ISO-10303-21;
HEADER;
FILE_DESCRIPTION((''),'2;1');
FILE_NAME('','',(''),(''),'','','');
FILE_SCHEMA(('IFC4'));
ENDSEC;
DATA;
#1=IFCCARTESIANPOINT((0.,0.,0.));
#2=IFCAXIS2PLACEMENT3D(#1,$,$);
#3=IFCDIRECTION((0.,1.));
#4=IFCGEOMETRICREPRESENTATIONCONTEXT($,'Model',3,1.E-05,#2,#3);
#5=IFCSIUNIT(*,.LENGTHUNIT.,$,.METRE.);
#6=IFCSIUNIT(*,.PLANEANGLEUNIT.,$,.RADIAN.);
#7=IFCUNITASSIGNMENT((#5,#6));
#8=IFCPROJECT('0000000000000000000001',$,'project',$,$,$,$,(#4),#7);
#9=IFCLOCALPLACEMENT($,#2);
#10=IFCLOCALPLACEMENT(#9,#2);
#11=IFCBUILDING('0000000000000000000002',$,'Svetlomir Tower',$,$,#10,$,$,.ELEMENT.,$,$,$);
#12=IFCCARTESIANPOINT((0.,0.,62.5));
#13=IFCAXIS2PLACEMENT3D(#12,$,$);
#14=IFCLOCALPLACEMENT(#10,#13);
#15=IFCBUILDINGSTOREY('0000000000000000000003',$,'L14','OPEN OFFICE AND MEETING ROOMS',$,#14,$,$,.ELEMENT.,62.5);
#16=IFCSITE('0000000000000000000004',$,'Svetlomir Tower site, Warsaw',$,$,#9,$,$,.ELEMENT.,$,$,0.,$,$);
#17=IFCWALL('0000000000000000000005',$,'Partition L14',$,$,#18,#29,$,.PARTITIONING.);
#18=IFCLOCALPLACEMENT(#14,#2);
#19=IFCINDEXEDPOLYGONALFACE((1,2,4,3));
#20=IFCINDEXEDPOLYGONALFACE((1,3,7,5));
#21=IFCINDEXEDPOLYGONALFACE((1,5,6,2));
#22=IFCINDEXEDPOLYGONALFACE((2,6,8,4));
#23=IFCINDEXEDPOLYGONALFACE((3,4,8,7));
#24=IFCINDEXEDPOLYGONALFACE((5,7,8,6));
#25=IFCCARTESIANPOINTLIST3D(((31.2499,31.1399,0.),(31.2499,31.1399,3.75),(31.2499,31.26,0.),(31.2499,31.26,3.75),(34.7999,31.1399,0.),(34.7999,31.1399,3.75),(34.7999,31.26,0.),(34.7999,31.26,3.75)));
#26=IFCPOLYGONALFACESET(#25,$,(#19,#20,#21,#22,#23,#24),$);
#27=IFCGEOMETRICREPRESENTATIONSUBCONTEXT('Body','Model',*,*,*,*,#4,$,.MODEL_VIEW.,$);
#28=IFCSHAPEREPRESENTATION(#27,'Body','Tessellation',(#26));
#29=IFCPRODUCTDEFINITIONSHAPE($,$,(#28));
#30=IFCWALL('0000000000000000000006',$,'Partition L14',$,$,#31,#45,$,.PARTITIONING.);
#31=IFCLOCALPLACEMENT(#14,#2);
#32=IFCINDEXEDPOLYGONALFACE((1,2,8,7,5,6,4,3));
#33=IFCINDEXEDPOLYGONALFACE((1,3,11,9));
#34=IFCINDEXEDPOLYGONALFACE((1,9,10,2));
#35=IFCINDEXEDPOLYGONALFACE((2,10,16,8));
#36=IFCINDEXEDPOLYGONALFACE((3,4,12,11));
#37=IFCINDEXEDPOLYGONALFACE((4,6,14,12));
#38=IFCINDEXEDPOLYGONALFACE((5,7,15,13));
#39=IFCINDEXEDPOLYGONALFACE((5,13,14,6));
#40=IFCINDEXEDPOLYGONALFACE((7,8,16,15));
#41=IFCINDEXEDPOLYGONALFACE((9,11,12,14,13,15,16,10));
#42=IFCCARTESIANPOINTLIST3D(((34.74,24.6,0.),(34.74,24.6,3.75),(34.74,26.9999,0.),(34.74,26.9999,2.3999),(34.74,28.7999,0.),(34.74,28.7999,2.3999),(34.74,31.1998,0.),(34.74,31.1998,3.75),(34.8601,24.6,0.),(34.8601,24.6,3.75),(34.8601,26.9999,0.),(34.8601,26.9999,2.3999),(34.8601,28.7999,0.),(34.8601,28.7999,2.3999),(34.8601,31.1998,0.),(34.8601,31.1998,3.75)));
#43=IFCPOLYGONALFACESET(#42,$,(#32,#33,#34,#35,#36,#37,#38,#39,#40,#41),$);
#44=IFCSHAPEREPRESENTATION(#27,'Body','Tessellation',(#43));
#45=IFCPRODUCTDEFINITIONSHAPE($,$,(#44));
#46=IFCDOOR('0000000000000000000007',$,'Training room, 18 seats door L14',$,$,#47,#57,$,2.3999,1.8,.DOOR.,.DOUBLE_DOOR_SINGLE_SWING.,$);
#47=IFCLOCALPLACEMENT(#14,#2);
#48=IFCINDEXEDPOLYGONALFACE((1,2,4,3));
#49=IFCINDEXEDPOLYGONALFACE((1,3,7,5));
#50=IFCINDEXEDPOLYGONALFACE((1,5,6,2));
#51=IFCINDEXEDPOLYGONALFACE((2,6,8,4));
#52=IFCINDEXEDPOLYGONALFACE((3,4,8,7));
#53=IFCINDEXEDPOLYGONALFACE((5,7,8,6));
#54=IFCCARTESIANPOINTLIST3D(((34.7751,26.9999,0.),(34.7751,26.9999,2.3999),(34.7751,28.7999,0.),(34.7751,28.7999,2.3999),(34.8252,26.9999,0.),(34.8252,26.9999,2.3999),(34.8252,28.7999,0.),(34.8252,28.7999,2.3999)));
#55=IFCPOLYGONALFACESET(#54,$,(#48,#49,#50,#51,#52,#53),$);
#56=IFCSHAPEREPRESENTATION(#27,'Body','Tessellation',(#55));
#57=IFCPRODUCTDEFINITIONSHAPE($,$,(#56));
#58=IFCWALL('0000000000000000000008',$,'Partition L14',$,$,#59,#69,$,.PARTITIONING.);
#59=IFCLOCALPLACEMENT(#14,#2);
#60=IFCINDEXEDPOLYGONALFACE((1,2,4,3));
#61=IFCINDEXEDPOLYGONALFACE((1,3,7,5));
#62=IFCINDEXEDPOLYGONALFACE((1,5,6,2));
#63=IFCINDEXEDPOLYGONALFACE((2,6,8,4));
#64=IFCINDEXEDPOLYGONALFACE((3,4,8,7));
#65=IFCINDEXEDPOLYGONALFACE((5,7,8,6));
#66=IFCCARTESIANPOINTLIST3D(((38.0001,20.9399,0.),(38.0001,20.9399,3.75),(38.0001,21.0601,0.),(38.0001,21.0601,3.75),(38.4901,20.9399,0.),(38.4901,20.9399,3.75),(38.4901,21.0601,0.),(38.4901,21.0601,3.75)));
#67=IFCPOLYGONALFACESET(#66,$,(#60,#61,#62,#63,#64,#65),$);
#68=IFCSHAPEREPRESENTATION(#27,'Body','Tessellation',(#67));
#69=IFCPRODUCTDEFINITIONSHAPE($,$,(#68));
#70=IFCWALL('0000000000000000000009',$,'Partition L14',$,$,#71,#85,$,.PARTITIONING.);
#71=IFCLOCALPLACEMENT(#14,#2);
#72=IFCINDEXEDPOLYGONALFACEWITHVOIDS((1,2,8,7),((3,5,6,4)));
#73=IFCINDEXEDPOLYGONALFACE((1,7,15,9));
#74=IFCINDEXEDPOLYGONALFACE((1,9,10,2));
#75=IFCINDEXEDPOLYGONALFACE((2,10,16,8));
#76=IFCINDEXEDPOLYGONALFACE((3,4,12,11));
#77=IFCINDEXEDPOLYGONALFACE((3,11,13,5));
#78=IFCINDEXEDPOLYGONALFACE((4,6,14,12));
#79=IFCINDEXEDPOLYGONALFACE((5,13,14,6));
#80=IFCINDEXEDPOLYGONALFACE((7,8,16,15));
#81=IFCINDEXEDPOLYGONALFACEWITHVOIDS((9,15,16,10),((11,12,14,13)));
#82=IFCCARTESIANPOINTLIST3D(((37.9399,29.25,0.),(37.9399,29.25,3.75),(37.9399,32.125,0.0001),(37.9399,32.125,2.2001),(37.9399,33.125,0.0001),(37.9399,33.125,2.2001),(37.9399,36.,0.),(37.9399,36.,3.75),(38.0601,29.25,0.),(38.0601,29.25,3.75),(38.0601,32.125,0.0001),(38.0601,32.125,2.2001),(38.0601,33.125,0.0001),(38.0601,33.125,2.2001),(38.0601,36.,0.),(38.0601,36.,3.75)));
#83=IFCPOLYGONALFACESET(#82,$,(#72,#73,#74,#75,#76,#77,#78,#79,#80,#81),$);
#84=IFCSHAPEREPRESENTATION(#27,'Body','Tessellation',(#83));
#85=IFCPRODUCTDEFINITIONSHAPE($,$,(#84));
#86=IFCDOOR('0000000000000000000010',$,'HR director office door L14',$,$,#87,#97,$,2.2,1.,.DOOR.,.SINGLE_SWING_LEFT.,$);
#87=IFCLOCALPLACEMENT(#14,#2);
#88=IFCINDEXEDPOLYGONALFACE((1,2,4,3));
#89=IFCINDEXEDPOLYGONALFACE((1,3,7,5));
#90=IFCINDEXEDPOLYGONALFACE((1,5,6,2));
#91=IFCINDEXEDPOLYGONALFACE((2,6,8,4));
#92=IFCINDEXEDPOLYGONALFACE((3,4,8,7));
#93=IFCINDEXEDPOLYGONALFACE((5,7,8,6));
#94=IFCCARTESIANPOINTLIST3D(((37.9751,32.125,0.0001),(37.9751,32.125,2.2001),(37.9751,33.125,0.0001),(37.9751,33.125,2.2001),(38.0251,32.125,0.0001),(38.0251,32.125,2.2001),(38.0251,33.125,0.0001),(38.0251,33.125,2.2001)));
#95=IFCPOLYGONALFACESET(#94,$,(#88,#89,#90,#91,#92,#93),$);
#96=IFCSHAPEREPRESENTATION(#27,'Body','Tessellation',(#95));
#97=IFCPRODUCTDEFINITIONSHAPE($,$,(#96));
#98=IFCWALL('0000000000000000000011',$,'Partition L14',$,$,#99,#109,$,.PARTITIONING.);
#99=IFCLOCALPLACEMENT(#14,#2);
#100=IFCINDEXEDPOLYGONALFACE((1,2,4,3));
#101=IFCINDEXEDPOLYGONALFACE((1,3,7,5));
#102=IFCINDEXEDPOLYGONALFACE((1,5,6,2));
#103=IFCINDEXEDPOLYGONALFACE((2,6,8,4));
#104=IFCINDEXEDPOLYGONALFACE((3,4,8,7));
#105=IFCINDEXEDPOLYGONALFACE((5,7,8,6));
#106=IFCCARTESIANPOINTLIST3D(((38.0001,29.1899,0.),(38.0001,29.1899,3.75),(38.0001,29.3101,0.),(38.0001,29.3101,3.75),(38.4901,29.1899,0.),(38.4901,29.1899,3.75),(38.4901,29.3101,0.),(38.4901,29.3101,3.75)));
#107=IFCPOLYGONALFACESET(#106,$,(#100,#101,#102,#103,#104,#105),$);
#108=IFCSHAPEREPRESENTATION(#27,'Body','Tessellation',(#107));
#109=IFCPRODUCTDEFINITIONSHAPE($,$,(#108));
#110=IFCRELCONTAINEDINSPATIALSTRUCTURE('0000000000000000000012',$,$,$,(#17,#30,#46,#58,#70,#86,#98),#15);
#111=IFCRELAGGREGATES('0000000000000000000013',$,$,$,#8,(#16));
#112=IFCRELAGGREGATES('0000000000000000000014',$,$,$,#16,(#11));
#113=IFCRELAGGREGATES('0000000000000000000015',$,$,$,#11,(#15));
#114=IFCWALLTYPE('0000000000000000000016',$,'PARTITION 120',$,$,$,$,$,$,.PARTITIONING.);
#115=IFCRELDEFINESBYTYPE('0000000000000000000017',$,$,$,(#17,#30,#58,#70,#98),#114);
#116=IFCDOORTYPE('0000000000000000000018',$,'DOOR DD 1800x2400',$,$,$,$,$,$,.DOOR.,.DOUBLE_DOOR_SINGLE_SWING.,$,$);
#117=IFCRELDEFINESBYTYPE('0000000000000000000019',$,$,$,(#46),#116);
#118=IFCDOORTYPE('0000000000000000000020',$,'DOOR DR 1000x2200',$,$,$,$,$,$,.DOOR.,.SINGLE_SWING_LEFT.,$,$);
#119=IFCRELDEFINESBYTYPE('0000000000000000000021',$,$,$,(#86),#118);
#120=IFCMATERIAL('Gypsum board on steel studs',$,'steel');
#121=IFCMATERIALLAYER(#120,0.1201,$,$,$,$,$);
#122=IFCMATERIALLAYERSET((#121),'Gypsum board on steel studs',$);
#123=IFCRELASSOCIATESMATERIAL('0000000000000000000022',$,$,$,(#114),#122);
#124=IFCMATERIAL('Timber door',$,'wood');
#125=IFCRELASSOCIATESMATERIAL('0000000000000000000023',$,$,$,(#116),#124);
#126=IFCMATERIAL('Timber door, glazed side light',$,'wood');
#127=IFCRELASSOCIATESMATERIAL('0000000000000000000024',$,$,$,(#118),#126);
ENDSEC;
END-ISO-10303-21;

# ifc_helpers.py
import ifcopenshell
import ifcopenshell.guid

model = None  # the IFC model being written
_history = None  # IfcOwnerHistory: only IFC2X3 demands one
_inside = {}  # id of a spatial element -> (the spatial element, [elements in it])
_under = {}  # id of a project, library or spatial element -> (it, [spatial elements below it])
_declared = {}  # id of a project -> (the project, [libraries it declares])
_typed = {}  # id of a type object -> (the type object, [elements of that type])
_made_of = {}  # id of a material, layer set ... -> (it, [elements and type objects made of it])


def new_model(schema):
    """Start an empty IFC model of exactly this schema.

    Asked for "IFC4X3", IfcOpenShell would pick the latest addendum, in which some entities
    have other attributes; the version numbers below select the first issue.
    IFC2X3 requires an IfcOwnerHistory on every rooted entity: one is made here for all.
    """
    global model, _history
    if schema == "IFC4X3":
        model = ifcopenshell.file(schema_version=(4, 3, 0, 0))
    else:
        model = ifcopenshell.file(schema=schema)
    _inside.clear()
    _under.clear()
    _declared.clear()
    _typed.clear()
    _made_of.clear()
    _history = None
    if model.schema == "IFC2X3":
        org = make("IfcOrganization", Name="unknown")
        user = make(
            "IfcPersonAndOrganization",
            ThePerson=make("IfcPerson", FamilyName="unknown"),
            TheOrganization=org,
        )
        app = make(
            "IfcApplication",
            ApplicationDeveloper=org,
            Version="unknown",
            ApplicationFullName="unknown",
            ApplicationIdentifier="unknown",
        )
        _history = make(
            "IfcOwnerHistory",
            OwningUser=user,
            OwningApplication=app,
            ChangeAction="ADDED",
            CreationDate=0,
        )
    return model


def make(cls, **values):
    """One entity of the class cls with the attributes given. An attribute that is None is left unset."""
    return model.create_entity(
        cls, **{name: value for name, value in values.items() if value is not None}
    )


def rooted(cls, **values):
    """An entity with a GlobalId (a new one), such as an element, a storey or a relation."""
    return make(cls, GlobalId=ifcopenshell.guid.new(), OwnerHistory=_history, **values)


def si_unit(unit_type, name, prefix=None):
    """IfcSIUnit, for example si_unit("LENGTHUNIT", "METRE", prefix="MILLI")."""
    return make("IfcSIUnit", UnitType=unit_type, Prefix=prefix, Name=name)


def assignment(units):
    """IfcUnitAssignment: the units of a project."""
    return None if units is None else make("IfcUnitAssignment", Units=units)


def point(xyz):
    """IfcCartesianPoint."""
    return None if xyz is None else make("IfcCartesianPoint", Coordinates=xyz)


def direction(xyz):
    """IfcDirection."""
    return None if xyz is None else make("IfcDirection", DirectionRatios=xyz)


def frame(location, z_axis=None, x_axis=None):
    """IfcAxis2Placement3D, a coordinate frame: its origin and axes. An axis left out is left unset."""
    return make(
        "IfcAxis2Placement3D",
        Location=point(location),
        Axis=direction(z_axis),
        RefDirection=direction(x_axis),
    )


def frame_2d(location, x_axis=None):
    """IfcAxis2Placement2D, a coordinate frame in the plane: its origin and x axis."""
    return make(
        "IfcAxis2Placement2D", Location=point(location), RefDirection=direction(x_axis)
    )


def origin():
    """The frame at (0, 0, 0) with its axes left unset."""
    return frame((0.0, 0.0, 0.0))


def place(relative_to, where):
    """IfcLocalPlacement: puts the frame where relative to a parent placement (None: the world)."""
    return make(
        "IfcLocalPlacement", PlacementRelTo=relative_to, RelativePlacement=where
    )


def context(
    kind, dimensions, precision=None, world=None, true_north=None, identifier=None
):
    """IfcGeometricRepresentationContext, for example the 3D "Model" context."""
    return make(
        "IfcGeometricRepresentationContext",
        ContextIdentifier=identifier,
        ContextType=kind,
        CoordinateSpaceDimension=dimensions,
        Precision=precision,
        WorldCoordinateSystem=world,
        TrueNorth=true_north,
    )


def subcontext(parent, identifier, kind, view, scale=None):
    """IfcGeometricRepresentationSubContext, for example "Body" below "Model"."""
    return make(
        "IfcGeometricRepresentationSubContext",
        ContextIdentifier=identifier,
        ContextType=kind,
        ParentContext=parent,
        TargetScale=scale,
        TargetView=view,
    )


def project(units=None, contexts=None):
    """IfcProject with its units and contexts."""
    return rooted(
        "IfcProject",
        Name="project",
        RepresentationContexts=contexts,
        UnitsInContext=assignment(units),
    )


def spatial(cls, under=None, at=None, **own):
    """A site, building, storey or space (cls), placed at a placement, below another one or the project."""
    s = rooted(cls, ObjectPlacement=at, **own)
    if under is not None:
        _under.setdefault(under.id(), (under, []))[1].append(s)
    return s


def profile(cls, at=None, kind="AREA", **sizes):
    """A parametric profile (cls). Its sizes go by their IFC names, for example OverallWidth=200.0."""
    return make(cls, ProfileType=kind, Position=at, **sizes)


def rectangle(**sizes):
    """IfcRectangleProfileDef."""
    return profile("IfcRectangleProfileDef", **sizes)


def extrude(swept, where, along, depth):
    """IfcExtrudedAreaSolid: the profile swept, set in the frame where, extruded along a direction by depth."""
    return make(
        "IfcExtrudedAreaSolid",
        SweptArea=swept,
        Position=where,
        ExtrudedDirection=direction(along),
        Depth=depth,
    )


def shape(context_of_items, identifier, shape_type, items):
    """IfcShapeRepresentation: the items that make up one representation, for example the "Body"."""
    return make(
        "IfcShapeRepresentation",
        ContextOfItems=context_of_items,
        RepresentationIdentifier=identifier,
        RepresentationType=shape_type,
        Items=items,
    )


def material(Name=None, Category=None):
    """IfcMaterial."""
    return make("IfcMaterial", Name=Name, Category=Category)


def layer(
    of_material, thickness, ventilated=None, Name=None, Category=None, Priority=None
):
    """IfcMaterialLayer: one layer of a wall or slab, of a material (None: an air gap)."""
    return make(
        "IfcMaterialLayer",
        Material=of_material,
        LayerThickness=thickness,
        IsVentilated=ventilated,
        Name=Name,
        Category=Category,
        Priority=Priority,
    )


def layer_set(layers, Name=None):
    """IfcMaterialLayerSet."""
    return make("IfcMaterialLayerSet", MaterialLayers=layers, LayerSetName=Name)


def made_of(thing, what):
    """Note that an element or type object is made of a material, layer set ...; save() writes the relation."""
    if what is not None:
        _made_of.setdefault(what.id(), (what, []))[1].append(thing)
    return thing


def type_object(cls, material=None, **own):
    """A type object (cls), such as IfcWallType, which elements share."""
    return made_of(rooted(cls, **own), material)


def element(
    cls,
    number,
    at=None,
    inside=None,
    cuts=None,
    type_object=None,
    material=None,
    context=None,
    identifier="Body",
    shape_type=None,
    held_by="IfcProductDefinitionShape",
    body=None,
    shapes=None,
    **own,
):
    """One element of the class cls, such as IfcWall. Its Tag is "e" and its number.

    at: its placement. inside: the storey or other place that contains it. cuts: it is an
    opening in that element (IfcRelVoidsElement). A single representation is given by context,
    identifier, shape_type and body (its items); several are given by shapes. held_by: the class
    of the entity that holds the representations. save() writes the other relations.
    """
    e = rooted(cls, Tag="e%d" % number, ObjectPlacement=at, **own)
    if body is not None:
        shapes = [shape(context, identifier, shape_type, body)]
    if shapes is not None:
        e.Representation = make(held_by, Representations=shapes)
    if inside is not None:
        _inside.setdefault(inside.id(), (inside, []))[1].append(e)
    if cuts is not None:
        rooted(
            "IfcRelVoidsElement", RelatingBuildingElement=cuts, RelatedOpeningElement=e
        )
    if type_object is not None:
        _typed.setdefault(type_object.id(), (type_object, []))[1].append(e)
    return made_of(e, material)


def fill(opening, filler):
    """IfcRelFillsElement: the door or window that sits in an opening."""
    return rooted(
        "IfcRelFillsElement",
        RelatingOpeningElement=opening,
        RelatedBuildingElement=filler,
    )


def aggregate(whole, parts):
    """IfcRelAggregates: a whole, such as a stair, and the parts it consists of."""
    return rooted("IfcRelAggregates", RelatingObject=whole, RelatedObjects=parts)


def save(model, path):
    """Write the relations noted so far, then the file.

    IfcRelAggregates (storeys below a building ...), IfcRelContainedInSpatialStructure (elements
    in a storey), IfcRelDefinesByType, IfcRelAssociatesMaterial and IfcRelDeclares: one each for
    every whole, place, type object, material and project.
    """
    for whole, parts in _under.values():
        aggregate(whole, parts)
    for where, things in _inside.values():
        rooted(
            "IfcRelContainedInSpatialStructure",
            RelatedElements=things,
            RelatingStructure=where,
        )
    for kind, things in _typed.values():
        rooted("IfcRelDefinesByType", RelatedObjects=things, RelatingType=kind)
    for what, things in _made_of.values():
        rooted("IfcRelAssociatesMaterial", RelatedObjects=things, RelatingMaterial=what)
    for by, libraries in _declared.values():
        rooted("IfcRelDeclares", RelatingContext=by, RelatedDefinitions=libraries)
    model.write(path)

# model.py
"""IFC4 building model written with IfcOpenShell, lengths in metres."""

from ifc_helpers import new_model, si_unit, direction, frame, frame_2d, origin, place, context, subcontext, project, spatial, rectangle, extrude, material, layer, layer_set, type_object, element, fill, save


model = new_model("IFC4")

# Units and contexts
model_context = context("Model", 3, precision=1e-05, world=origin(), true_north=direction((0.0, 1.0)))
body_context = subcontext(model_context, "Body", "Model", "MODEL_VIEW")
ifc_project = project(units=[si_unit("LENGTHUNIT", "METRE"), si_unit("PLANEANGLEUNIT", "RADIAN")], contexts=[model_context])

# Site, building, storey
site_placement = place(None, origin())
site = spatial("IfcSite", under=ifc_project, at=site_placement, Name="Svetlomir Tower site, Warsaw", CompositionType="ELEMENT", RefElevation=0.0)
building_placement = place(site_placement, origin())
building = spatial("IfcBuilding", under=site, at=building_placement, Name="Svetlomir Tower", CompositionType="ELEMENT")
storey_placement = place(building_placement, frame((0.0, 0.0, 62.5)))
storey = spatial("IfcBuildingStorey", under=building, at=storey_placement, Name="L14", Description="OPEN OFFICE AND MEETING ROOMS", CompositionType="ELEMENT", Elevation=62.5)

# Wall
ifc_material_1 = material(Name="Gypsum board on steel studs", Category="steel")
ifc_layer_1 = layer(ifc_material_1, 0.1201)
ifc_layer_set_1 = layer_set([ifc_layer_1], Name="Gypsum board on steel studs")
wall_type_1 = type_object("IfcWallType", Name="PARTITION 120", PredefinedType="PARTITIONING", material=ifc_layer_set_1)
wall_1_placement = place(storey_placement, frame((31.25, 31.2, 0.0), z_axis=(0.0, 0.0, 1.0), x_axis=(1.0, 0.0, 0.0)))
element("IfcWall", 1, at=wall_1_placement, inside=storey, type_object=wall_type_1, Name="Partition L14", PredefinedType="PARTITIONING", context=body_context, shape_type="SweptSolid", body=[
    extrude(rectangle(XDim=3.55, YDim=0.1201, at=frame_2d((1.7749, 0.0))), origin(), (0.0, 0.0, 1.0), 3.75),
])

# Wall, opening, door
wall_2_placement = place(storey_placement, frame((34.8, 24.6001, 0.0), z_axis=(0.0, 0.0, 1.0), x_axis=(0.0, 1.0, 0.0)))
wall_2 = element("IfcWall", 2, at=wall_2_placement, inside=storey, type_object=wall_type_1, Name="Partition L14", PredefinedType="PARTITIONING", context=body_context, shape_type="SweptSolid", body=[
    extrude(rectangle(XDim=6.5999, YDim=0.1201, at=frame_2d((3.2998, 0.0))), origin(), (0.0, 0.0, 1.0), 3.75),
])
opening_1_placement = place(wall_2_placement, frame((2.3999, 0.0, 0.0)))
opening_1 = element("IfcOpeningElement", 3, at=opening_1_placement, cuts=wall_2, PredefinedType="OPENING", context=body_context, shape_type="SweptSolid", body=[
    extrude(rectangle(XDim=1.8, YDim=2.3999, at=frame_2d((0.8999, 1.2))), frame((0.0, 0.0701, 0.0), z_axis=(0.0, -1.0, 0.0), x_axis=(1.0, 0.0, 0.0)), (0.0, 0.0, 1.0), 0.1401),
])
ifc_material_2 = material(Name="Timber door", Category="wood")
door_type_1 = type_object("IfcDoorType", Name="DOOR DD 1800x2400", OperationType="DOUBLE_DOOR_SINGLE_SWING", PredefinedType="DOOR", material=ifc_material_2)
door_1_placement = place(opening_1_placement, origin())
door_1 = element("IfcDoor", 4, at=door_1_placement, inside=storey, type_object=door_type_1, Name="Training room, 18 seats door L14", OperationType="DOUBLE_DOOR_SINGLE_SWING", OverallHeight=2.3999, OverallWidth=1.8, PredefinedType="DOOR", context=body_context, shape_type="SweptSolid", body=[
    extrude(rectangle(XDim=1.8, YDim=2.3999, at=frame_2d((0.8999, 1.2))), frame((0.0, 0.0249, 0.0), z_axis=(0.0, -1.0, 0.0), x_axis=(1.0, 0.0, 0.0)), (0.0, 0.0, 1.0), 0.05),
])
fill(opening_1, door_1)

# Wall
wall_3_placement = place(storey_placement, frame((38.0, 21.0, 0.0), z_axis=(0.0, 0.0, 1.0), x_axis=(1.0, 0.0, 0.0)))
element("IfcWall", 5, at=wall_3_placement, inside=storey, type_object=wall_type_1, Name="Partition L14", PredefinedType="PARTITIONING", context=body_context, shape_type="SweptSolid", body=[
    extrude(rectangle(XDim=0.49, YDim=0.1201, at=frame_2d((0.2451, 0.0))), origin(), (0.0, 0.0, 1.0), 3.75),
])

# Wall, opening, door
wall_4_placement = place(storey_placement, frame((38.0, 29.25, 0.0), z_axis=(0.0, 0.0, 1.0), x_axis=(0.0, 1.0, 0.0)))
wall_4 = element("IfcWall", 6, at=wall_4_placement, inside=storey, type_object=wall_type_1, Name="Partition L14", PredefinedType="PARTITIONING", context=body_context, shape_type="SweptSolid", body=[
    extrude(rectangle(XDim=6.75, YDim=0.1201, at=frame_2d((3.375, 0.0))), origin(), (0.0, 0.0, 1.0), 3.75),
])
opening_2_placement = place(wall_4_placement, frame((2.875, 0.0, 0.0)))
opening_2 = element("IfcOpeningElement", 7, at=opening_2_placement, cuts=wall_4, PredefinedType="OPENING", context=body_context, shape_type="SweptSolid", body=[
    extrude(rectangle(XDim=1.0, YDim=2.2, at=frame_2d((0.5, 1.1001))), frame((0.0, 0.0701, 0.0), z_axis=(0.0, -1.0, 0.0), x_axis=(1.0, 0.0, 0.0)), (0.0, 0.0, 1.0), 0.1401),
])
ifc_material_3 = material(Name="Timber door, glazed side light", Category="wood")
door_type_2 = type_object("IfcDoorType", Name="DOOR DR 1000x2200", OperationType="SINGLE_SWING_LEFT", PredefinedType="DOOR", material=ifc_material_3)
door_2_placement = place(opening_2_placement, origin())
door_2 = element("IfcDoor", 8, at=door_2_placement, inside=storey, type_object=door_type_2, Name="HR director office door L14", OperationType="SINGLE_SWING_LEFT", OverallHeight=2.2, OverallWidth=1.0, PredefinedType="DOOR", context=body_context, shape_type="SweptSolid", body=[
    extrude(rectangle(XDim=1.0, YDim=2.2, at=frame_2d((0.5, 1.1001))), frame((0.0, 0.0249, 0.0), z_axis=(0.0, -1.0, 0.0), x_axis=(1.0, 0.0, 0.0)), (0.0, 0.0, 1.0), 0.05),
])
fill(opening_2, door_2)

# Wall
wall_5_placement = place(storey_placement, frame((38.0, 29.25, 0.0), z_axis=(0.0, 0.0, 1.0), x_axis=(1.0, 0.0, 0.0)))
element("IfcWall", 9, at=wall_5_placement, inside=storey, type_object=wall_type_1, Name="Partition L14", PredefinedType="PARTITIONING", context=body_context, shape_type="SweptSolid", body=[
    extrude(rectangle(XDim=0.49, YDim=0.1201, at=frame_2d((0.2451, 0.0))), origin(), (0.0, 0.0, 1.0), 3.75),
])

save(model, "model.ifc")
